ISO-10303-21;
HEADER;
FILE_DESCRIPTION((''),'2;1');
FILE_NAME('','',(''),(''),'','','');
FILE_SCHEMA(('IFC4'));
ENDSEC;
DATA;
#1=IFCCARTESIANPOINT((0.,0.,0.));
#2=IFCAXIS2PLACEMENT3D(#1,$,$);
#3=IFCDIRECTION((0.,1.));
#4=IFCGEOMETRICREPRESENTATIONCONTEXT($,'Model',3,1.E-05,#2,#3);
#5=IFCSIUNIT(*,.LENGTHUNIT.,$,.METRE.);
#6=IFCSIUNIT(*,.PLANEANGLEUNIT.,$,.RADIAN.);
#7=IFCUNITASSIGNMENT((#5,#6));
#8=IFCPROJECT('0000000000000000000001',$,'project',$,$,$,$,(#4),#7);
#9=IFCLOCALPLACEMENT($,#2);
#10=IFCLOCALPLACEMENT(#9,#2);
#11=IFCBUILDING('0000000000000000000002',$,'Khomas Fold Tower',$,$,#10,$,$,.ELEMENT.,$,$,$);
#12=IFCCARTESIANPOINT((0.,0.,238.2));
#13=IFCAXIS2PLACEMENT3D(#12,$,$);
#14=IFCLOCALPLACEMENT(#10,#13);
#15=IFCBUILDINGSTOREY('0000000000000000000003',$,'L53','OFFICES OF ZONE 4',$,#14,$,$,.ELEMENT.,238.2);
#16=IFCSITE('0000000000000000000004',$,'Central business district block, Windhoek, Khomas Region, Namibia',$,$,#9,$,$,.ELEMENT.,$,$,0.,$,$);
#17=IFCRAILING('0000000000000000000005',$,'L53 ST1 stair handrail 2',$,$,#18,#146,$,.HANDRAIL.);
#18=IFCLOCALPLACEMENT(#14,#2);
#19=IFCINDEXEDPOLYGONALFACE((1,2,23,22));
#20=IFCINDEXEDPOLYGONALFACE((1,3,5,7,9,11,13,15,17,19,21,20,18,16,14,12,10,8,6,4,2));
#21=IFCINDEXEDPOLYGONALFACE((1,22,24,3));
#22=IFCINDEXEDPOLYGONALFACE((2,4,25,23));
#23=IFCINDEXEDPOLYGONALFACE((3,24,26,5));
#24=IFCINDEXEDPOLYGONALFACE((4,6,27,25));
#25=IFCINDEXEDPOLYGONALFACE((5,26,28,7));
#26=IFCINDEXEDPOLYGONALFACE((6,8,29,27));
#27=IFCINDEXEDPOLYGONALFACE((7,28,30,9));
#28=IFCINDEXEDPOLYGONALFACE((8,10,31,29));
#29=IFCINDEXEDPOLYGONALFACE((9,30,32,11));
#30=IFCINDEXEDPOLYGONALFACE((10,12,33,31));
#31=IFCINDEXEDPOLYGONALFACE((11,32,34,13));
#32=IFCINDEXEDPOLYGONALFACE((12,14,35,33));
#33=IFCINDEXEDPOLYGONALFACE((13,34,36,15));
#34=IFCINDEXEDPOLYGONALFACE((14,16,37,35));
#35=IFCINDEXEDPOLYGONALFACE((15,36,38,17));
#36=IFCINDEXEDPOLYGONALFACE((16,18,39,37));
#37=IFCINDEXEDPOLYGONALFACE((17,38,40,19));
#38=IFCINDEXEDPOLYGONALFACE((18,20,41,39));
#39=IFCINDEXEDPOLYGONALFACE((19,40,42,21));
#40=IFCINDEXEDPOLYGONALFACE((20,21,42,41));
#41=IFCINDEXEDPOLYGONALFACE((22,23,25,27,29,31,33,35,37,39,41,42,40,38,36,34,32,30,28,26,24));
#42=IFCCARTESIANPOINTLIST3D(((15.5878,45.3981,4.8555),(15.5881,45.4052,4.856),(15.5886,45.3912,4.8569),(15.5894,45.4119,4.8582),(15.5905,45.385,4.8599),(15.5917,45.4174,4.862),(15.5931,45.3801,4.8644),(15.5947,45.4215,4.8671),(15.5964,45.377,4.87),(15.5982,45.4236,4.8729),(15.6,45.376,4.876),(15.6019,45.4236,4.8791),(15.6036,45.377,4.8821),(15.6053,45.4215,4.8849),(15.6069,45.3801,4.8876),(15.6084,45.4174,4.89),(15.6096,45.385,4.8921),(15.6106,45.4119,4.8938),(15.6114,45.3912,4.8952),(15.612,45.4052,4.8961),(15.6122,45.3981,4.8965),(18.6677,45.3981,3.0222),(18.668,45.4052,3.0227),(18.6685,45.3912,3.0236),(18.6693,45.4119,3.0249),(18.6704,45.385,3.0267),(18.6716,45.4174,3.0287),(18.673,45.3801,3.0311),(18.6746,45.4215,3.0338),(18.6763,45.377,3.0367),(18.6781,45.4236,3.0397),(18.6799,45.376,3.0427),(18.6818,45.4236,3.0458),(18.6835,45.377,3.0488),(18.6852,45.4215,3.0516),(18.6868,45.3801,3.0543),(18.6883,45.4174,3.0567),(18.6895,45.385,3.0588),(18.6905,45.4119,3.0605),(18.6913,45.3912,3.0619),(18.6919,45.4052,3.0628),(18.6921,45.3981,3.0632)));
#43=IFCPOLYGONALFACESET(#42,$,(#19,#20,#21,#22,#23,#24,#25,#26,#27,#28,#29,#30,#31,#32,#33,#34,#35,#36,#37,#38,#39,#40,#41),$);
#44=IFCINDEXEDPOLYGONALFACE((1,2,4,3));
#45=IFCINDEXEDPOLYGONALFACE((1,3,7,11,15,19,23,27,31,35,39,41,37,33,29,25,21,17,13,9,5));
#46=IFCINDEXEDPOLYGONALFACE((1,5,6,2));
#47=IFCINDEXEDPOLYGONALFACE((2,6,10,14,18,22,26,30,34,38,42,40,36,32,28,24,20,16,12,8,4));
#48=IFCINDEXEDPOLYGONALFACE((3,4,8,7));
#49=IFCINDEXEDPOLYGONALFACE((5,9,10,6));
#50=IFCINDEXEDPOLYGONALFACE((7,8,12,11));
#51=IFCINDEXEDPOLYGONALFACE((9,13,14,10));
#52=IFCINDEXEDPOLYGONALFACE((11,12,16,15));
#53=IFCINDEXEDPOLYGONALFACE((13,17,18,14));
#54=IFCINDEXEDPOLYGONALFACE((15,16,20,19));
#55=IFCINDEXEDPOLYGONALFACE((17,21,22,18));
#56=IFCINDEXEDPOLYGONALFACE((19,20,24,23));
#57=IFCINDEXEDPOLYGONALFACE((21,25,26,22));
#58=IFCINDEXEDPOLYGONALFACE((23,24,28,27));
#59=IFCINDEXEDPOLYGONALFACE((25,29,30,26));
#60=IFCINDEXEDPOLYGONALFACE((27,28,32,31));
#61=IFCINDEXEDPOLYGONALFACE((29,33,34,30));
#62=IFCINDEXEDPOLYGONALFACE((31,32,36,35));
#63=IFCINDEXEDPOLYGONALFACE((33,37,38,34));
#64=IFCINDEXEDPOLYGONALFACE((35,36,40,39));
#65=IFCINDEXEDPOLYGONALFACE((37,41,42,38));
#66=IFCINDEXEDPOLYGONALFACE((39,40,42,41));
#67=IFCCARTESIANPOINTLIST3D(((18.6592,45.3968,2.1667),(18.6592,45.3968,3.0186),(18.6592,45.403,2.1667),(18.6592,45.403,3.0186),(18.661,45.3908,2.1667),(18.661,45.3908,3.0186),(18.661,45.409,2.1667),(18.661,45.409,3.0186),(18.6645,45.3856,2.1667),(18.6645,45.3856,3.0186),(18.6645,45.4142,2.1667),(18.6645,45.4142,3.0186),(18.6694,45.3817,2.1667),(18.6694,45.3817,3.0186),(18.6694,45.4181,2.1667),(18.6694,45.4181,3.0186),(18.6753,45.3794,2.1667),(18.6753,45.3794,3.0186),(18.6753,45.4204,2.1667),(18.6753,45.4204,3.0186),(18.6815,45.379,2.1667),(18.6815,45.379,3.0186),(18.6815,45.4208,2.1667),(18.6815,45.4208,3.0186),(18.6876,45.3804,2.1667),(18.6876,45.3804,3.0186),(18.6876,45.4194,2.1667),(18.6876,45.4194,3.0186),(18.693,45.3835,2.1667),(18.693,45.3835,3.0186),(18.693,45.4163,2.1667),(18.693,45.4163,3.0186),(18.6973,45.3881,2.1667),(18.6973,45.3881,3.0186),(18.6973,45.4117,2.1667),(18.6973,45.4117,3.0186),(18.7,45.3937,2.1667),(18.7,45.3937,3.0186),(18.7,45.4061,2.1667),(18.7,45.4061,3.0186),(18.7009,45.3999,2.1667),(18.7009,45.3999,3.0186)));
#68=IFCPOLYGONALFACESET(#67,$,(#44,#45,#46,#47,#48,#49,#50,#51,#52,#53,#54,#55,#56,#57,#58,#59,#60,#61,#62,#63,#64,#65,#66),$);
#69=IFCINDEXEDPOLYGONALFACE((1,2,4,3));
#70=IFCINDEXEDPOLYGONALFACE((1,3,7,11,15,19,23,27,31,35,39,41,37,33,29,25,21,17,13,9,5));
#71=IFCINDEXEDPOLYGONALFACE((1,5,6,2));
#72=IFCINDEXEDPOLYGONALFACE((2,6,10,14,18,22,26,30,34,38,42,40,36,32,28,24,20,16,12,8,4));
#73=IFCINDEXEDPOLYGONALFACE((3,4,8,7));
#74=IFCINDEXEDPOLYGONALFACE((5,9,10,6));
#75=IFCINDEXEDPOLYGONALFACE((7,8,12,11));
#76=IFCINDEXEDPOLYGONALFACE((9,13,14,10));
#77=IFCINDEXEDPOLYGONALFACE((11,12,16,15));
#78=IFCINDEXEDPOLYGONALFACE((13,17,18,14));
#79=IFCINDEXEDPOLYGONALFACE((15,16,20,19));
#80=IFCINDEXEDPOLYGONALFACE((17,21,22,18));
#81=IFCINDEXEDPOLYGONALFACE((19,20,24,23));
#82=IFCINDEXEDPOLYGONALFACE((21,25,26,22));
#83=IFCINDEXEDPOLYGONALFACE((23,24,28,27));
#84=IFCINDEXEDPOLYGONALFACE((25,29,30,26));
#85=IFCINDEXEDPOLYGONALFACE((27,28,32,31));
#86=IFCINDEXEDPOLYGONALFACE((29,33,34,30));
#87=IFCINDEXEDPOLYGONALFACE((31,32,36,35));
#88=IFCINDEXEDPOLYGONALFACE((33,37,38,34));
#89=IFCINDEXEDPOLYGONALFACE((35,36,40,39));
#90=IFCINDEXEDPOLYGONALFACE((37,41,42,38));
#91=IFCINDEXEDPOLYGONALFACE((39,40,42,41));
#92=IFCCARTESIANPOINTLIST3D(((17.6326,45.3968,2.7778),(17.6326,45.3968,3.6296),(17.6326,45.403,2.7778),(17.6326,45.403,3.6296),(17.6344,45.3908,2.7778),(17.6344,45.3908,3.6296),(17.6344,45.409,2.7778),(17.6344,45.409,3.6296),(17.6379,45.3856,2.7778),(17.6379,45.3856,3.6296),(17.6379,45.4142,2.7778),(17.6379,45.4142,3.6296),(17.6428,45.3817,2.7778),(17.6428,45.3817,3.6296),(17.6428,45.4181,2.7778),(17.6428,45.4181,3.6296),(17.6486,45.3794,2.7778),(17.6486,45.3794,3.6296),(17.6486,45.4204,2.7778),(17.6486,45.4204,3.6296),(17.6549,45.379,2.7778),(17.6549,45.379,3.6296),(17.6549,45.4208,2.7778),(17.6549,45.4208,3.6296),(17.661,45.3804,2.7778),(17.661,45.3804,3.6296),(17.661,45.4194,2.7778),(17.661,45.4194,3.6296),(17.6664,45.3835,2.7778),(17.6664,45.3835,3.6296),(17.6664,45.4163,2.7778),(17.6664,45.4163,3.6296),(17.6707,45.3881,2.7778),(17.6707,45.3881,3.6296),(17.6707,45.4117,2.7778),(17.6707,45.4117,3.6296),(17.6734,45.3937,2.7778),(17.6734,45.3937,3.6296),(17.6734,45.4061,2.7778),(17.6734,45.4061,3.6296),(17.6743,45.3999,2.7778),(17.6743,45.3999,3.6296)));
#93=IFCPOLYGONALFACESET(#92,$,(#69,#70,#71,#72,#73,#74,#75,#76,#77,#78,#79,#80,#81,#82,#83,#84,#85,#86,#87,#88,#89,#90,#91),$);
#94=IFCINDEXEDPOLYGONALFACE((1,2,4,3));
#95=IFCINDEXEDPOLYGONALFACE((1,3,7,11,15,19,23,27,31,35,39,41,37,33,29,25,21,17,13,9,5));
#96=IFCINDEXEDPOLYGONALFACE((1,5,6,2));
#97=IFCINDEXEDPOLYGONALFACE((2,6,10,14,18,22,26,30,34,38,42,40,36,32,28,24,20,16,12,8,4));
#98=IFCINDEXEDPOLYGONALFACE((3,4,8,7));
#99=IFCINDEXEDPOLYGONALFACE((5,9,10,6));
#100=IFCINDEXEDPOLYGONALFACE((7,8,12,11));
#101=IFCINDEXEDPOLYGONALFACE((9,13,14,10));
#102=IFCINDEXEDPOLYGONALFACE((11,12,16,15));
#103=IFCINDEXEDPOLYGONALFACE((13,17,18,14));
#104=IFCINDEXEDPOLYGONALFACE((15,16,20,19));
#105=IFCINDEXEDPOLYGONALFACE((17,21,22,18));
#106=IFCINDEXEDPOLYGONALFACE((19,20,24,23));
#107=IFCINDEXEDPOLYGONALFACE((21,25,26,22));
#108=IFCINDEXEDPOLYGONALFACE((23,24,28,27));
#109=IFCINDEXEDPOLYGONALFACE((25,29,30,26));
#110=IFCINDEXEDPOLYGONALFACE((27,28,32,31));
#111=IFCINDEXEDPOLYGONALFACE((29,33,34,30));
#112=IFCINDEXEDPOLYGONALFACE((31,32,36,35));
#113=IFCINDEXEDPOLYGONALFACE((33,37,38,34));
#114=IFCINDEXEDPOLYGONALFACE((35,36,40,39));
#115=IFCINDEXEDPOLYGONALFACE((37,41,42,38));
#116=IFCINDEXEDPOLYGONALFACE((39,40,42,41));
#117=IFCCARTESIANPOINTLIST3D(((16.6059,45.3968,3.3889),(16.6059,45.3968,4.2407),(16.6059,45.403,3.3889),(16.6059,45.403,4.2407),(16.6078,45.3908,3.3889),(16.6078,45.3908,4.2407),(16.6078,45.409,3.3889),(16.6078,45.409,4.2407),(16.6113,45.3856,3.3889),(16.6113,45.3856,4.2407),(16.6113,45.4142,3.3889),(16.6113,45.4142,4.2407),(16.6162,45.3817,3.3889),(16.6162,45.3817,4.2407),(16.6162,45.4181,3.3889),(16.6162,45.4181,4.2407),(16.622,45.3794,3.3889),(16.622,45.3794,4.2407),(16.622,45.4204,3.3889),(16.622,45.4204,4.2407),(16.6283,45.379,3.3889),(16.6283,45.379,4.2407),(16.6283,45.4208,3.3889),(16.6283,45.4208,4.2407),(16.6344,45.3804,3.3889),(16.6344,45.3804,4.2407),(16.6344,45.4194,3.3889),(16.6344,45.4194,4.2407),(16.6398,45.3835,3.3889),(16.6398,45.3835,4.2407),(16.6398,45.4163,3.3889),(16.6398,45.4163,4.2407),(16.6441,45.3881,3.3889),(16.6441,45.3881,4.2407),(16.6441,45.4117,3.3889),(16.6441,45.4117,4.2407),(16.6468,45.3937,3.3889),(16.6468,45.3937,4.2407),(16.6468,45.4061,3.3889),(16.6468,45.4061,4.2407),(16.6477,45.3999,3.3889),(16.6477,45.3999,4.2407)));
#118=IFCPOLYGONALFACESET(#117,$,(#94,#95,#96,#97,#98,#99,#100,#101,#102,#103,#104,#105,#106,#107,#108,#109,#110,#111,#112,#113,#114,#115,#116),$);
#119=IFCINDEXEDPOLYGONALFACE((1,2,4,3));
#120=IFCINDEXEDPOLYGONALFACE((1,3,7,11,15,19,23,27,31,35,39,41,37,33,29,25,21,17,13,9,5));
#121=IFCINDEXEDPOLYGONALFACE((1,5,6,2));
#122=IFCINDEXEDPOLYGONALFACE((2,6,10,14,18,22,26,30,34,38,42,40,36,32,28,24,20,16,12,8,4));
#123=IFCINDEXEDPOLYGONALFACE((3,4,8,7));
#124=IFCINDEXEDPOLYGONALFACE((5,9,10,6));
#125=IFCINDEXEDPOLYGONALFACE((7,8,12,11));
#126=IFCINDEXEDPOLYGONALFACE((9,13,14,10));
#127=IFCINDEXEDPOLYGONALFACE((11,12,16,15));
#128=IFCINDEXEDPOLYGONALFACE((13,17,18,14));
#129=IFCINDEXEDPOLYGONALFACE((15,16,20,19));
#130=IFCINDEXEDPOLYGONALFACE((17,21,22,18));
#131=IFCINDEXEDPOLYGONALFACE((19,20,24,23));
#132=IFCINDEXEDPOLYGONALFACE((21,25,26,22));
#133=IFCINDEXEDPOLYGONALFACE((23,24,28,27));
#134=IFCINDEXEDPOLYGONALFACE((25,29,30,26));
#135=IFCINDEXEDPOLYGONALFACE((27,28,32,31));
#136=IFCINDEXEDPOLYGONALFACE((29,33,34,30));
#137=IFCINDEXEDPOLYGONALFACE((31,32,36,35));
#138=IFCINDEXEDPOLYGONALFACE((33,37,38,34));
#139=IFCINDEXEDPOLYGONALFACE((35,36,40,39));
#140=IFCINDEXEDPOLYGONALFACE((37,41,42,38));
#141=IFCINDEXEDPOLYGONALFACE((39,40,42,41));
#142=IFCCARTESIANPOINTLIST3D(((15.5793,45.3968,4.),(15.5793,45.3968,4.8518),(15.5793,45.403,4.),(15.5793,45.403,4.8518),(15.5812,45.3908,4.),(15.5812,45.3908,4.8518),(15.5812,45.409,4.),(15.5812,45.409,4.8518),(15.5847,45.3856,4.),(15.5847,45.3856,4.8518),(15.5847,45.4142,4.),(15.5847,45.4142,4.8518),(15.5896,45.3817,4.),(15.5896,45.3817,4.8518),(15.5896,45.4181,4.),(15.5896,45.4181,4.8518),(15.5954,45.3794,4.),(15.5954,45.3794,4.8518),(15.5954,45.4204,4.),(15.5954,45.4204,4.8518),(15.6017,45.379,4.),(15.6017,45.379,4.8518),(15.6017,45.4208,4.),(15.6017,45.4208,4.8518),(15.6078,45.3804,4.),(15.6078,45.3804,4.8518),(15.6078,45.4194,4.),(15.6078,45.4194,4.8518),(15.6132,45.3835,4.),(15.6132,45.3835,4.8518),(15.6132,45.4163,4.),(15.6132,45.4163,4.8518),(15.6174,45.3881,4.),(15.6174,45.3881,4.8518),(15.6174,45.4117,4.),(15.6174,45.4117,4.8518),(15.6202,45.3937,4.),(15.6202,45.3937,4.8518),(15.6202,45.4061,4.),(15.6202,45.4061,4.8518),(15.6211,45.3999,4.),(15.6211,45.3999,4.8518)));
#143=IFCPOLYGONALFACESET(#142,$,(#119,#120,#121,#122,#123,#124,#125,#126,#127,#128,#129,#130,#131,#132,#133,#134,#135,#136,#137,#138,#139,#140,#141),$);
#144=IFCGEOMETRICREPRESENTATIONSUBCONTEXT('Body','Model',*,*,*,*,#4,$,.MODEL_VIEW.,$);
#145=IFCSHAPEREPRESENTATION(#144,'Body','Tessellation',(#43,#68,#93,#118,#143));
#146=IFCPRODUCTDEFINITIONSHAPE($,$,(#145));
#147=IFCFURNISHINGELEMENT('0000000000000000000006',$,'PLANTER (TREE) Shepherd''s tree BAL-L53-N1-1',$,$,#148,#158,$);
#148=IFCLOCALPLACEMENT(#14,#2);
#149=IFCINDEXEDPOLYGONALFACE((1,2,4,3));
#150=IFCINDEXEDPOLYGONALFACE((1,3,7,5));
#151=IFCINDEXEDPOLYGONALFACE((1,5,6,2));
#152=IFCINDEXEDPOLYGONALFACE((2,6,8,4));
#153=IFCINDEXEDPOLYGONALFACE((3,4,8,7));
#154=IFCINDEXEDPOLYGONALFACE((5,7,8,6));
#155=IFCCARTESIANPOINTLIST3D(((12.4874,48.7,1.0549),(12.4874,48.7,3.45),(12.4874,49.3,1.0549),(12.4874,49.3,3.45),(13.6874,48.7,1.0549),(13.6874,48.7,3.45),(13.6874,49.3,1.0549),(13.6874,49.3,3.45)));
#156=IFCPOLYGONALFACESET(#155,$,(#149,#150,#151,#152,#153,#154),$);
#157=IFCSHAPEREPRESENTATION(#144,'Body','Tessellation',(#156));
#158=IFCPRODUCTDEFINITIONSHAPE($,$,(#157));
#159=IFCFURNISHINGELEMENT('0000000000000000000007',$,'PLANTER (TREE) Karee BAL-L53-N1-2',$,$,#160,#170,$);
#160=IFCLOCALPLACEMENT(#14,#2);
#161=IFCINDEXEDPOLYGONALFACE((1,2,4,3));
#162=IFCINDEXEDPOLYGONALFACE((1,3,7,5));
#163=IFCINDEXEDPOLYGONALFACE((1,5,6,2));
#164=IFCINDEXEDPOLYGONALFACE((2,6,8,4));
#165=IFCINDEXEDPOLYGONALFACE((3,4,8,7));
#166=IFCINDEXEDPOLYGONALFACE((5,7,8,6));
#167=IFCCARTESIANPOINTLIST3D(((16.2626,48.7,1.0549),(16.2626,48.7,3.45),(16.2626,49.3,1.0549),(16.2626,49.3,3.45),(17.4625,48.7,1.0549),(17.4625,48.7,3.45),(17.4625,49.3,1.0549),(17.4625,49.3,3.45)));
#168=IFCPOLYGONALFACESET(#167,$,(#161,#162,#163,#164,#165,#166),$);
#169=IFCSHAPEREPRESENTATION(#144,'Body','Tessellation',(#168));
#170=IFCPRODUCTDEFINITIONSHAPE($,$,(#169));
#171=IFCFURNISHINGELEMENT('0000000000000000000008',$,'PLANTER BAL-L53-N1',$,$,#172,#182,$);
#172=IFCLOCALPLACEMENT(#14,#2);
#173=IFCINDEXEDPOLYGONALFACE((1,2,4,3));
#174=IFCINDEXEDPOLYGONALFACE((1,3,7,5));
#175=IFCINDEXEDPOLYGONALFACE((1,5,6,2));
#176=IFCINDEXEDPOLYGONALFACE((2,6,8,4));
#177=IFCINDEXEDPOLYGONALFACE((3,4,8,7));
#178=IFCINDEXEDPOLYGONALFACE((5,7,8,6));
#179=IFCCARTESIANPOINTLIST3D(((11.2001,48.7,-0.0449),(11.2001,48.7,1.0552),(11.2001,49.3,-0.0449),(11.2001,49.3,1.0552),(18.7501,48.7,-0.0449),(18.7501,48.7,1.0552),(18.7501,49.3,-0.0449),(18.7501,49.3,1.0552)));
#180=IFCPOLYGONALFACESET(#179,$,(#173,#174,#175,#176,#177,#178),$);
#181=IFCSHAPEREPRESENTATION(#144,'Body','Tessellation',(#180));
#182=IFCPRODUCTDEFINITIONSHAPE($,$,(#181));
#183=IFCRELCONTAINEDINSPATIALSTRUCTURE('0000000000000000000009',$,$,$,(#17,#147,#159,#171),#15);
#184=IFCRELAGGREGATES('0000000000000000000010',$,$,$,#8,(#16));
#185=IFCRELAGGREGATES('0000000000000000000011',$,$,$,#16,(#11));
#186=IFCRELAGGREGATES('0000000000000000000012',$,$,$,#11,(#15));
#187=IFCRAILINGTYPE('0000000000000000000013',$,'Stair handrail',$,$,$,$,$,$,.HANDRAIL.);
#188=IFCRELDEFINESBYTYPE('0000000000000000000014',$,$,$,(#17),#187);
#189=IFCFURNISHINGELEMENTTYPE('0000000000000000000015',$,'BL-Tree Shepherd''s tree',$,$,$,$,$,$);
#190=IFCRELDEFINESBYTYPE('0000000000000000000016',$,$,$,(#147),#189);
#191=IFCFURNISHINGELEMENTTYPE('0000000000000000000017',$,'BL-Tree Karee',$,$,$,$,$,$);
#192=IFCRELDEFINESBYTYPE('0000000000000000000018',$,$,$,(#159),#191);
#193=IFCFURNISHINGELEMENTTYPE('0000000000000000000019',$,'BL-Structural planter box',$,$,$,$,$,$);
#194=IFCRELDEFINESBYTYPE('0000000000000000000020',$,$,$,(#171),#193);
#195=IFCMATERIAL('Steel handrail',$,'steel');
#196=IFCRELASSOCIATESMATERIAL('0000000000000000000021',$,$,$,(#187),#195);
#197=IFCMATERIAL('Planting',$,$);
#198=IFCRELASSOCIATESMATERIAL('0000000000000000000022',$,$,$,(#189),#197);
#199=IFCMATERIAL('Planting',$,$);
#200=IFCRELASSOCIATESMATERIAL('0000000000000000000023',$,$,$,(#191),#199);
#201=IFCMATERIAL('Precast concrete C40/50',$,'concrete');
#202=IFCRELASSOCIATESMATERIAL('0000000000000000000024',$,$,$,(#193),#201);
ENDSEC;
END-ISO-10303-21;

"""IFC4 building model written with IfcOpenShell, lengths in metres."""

from ifc_helpers import new_model, si_unit, direction, frame, origin, origin_2d, place, context, subcontext, project, spatial, rectangle, circle, extrude, source, transform, mapped, material, type_object, element, save


model = new_model("IFC4")

# Units and contexts
model_context = context("Model", 3, precision=1e-05, world=origin(), true_north=direction((0.0, 1.0)))
body_context = subcontext(model_context, "Body", "Model", "MODEL_VIEW")
ifc_project = project(units=[si_unit("LENGTHUNIT", "METRE"), si_unit("PLANEANGLEUNIT", "RADIAN")], contexts=[model_context])

# Site, building, storey
site_placement = place(None, origin())
site = spatial("IfcSite", under=ifc_project, at=site_placement, Name="Central business district block, Windhoek, Khomas Region, Namibia", CompositionType="ELEMENT", RefElevation=0.0)
building_placement = place(site_placement, origin())
building = spatial("IfcBuilding", under=site, at=building_placement, Name="Khomas Fold Tower", CompositionType="ELEMENT")
storey_placement = place(building_placement, frame((0.0, 0.0, 238.2)))
storey = spatial("IfcBuildingStorey", under=building, at=storey_placement, Name="L53", Description="OFFICES OF ZONE 4", CompositionType="ELEMENT", Elevation=238.2)

# Railing
ifc_material_1 = material(Name="Steel handrail", Category="steel")
railing_type_1 = type_object("IfcRailingType", Name="Stair handrail", PredefinedType="HANDRAIL", material=ifc_material_1)
shared_shape_1 = source(origin(), body_context, "Body", "SweptSolid", [
    extrude(circle(Radius=0.0239, at=origin_2d()), frame((0.0, 0.0, 0.876), z_axis=(-0.859291, 0.0, 0.511487), x_axis=(0.0, -1.0, 0.0)), (0.0, 0.0, 1.0), 3.5842),
    extrude(circle(Radius=0.021, at=origin_2d()), origin(), (0.0, 0.0, 1.0), 0.8518),
    extrude(circle(Radius=0.021, at=origin_2d()), frame((-1.0266, 0.0, 0.6111)), (0.0, 0.0, 1.0), 0.8518),
    extrude(circle(Radius=0.021, at=origin_2d()), frame((-2.0532, 0.0, 1.2222)), (0.0, 0.0, 1.0), 0.8518),
    extrude(circle(Radius=0.021, at=origin_2d()), frame((-3.0798, 0.0, 1.8333)), (0.0, 0.0, 1.0), 0.8518),
])
railing_1_placement = place(storey_placement, frame((18.6799, 45.3999, 2.1667)))
element("IfcRailing", 1, at=railing_1_placement, inside=storey, type_object=railing_type_1, Name="L53 ST1 stair handrail 2", PredefinedType="HANDRAIL", context=body_context, shape_type="MappedRepresentation", body=[
    mapped(shared_shape_1, transform((0.0, 0.0, 0.0))),
])

# Furnishing elements
ifc_material_2 = material(Name="Planting")
furnishing_element_type_1 = type_object("IfcFurnishingElementType", Name="BL-Tree Shepherd's tree", material=ifc_material_2)
shared_shape_2 = source(origin(), body_context, "Body", "SweptSolid", [
    extrude(rectangle(XDim=1.2, YDim=0.6001, at=origin_2d()), origin(), (0.0, 0.0, 1.0), 2.395),
])
furnishing_1_placement = place(storey_placement, frame((13.0874, 49.0, 1.0549), z_axis=(0.0, 0.0, 1.0), x_axis=(1.0, 0.0, 0.0)))
element("IfcFurnishingElement", 2, at=furnishing_1_placement, inside=storey, type_object=furnishing_element_type_1, Name="PLANTER (TREE) Shepherd's tree BAL-L53-N1-1", context=body_context, shape_type="MappedRepresentation", body=[
    mapped(shared_shape_2, transform((0.0, 0.0, 0.0))),
])
ifc_material_3 = material(Name="Planting")
furnishing_element_type_2 = type_object("IfcFurnishingElementType", Name="BL-Tree Karee", material=ifc_material_3)
furnishing_2_placement = place(storey_placement, frame((16.8625, 49.0, 1.0549), z_axis=(0.0, 0.0, 1.0), x_axis=(1.0, 0.0, 0.0)))
element("IfcFurnishingElement", 3, at=furnishing_2_placement, inside=storey, type_object=furnishing_element_type_2, Name="PLANTER (TREE) Karee BAL-L53-N1-2", context=body_context, shape_type="MappedRepresentation", body=[
    mapped(shared_shape_2, transform((0.0, 0.0, 0.0))),
])
ifc_material_4 = material(Name="Precast concrete C40/50", Category="concrete")
furnishing_element_type_3 = type_object("IfcFurnishingElementType", Name="BL-Structural planter box", material=ifc_material_4)
shared_shape_3 = source(origin(), body_context, "Body", "SweptSolid", [
    extrude(rectangle(XDim=7.55, YDim=0.6001, at=origin_2d()), origin(), (0.0, 0.0, 1.0), 1.1001),
])
furnishing_3_placement = place(storey_placement, frame((14.9751, 49.0, -0.0449), z_axis=(0.0, 0.0, 1.0), x_axis=(1.0, 0.0, 0.0)))
element("IfcFurnishingElement", 4, at=furnishing_3_placement, inside=storey, type_object=furnishing_element_type_3, Name="PLANTER BAL-L53-N1", context=body_context, shape_type="MappedRepresentation", body=[
    mapped(shared_shape_3, transform((0.0, 0.0, 0.0))),
])

save(model, "model.ifc")
